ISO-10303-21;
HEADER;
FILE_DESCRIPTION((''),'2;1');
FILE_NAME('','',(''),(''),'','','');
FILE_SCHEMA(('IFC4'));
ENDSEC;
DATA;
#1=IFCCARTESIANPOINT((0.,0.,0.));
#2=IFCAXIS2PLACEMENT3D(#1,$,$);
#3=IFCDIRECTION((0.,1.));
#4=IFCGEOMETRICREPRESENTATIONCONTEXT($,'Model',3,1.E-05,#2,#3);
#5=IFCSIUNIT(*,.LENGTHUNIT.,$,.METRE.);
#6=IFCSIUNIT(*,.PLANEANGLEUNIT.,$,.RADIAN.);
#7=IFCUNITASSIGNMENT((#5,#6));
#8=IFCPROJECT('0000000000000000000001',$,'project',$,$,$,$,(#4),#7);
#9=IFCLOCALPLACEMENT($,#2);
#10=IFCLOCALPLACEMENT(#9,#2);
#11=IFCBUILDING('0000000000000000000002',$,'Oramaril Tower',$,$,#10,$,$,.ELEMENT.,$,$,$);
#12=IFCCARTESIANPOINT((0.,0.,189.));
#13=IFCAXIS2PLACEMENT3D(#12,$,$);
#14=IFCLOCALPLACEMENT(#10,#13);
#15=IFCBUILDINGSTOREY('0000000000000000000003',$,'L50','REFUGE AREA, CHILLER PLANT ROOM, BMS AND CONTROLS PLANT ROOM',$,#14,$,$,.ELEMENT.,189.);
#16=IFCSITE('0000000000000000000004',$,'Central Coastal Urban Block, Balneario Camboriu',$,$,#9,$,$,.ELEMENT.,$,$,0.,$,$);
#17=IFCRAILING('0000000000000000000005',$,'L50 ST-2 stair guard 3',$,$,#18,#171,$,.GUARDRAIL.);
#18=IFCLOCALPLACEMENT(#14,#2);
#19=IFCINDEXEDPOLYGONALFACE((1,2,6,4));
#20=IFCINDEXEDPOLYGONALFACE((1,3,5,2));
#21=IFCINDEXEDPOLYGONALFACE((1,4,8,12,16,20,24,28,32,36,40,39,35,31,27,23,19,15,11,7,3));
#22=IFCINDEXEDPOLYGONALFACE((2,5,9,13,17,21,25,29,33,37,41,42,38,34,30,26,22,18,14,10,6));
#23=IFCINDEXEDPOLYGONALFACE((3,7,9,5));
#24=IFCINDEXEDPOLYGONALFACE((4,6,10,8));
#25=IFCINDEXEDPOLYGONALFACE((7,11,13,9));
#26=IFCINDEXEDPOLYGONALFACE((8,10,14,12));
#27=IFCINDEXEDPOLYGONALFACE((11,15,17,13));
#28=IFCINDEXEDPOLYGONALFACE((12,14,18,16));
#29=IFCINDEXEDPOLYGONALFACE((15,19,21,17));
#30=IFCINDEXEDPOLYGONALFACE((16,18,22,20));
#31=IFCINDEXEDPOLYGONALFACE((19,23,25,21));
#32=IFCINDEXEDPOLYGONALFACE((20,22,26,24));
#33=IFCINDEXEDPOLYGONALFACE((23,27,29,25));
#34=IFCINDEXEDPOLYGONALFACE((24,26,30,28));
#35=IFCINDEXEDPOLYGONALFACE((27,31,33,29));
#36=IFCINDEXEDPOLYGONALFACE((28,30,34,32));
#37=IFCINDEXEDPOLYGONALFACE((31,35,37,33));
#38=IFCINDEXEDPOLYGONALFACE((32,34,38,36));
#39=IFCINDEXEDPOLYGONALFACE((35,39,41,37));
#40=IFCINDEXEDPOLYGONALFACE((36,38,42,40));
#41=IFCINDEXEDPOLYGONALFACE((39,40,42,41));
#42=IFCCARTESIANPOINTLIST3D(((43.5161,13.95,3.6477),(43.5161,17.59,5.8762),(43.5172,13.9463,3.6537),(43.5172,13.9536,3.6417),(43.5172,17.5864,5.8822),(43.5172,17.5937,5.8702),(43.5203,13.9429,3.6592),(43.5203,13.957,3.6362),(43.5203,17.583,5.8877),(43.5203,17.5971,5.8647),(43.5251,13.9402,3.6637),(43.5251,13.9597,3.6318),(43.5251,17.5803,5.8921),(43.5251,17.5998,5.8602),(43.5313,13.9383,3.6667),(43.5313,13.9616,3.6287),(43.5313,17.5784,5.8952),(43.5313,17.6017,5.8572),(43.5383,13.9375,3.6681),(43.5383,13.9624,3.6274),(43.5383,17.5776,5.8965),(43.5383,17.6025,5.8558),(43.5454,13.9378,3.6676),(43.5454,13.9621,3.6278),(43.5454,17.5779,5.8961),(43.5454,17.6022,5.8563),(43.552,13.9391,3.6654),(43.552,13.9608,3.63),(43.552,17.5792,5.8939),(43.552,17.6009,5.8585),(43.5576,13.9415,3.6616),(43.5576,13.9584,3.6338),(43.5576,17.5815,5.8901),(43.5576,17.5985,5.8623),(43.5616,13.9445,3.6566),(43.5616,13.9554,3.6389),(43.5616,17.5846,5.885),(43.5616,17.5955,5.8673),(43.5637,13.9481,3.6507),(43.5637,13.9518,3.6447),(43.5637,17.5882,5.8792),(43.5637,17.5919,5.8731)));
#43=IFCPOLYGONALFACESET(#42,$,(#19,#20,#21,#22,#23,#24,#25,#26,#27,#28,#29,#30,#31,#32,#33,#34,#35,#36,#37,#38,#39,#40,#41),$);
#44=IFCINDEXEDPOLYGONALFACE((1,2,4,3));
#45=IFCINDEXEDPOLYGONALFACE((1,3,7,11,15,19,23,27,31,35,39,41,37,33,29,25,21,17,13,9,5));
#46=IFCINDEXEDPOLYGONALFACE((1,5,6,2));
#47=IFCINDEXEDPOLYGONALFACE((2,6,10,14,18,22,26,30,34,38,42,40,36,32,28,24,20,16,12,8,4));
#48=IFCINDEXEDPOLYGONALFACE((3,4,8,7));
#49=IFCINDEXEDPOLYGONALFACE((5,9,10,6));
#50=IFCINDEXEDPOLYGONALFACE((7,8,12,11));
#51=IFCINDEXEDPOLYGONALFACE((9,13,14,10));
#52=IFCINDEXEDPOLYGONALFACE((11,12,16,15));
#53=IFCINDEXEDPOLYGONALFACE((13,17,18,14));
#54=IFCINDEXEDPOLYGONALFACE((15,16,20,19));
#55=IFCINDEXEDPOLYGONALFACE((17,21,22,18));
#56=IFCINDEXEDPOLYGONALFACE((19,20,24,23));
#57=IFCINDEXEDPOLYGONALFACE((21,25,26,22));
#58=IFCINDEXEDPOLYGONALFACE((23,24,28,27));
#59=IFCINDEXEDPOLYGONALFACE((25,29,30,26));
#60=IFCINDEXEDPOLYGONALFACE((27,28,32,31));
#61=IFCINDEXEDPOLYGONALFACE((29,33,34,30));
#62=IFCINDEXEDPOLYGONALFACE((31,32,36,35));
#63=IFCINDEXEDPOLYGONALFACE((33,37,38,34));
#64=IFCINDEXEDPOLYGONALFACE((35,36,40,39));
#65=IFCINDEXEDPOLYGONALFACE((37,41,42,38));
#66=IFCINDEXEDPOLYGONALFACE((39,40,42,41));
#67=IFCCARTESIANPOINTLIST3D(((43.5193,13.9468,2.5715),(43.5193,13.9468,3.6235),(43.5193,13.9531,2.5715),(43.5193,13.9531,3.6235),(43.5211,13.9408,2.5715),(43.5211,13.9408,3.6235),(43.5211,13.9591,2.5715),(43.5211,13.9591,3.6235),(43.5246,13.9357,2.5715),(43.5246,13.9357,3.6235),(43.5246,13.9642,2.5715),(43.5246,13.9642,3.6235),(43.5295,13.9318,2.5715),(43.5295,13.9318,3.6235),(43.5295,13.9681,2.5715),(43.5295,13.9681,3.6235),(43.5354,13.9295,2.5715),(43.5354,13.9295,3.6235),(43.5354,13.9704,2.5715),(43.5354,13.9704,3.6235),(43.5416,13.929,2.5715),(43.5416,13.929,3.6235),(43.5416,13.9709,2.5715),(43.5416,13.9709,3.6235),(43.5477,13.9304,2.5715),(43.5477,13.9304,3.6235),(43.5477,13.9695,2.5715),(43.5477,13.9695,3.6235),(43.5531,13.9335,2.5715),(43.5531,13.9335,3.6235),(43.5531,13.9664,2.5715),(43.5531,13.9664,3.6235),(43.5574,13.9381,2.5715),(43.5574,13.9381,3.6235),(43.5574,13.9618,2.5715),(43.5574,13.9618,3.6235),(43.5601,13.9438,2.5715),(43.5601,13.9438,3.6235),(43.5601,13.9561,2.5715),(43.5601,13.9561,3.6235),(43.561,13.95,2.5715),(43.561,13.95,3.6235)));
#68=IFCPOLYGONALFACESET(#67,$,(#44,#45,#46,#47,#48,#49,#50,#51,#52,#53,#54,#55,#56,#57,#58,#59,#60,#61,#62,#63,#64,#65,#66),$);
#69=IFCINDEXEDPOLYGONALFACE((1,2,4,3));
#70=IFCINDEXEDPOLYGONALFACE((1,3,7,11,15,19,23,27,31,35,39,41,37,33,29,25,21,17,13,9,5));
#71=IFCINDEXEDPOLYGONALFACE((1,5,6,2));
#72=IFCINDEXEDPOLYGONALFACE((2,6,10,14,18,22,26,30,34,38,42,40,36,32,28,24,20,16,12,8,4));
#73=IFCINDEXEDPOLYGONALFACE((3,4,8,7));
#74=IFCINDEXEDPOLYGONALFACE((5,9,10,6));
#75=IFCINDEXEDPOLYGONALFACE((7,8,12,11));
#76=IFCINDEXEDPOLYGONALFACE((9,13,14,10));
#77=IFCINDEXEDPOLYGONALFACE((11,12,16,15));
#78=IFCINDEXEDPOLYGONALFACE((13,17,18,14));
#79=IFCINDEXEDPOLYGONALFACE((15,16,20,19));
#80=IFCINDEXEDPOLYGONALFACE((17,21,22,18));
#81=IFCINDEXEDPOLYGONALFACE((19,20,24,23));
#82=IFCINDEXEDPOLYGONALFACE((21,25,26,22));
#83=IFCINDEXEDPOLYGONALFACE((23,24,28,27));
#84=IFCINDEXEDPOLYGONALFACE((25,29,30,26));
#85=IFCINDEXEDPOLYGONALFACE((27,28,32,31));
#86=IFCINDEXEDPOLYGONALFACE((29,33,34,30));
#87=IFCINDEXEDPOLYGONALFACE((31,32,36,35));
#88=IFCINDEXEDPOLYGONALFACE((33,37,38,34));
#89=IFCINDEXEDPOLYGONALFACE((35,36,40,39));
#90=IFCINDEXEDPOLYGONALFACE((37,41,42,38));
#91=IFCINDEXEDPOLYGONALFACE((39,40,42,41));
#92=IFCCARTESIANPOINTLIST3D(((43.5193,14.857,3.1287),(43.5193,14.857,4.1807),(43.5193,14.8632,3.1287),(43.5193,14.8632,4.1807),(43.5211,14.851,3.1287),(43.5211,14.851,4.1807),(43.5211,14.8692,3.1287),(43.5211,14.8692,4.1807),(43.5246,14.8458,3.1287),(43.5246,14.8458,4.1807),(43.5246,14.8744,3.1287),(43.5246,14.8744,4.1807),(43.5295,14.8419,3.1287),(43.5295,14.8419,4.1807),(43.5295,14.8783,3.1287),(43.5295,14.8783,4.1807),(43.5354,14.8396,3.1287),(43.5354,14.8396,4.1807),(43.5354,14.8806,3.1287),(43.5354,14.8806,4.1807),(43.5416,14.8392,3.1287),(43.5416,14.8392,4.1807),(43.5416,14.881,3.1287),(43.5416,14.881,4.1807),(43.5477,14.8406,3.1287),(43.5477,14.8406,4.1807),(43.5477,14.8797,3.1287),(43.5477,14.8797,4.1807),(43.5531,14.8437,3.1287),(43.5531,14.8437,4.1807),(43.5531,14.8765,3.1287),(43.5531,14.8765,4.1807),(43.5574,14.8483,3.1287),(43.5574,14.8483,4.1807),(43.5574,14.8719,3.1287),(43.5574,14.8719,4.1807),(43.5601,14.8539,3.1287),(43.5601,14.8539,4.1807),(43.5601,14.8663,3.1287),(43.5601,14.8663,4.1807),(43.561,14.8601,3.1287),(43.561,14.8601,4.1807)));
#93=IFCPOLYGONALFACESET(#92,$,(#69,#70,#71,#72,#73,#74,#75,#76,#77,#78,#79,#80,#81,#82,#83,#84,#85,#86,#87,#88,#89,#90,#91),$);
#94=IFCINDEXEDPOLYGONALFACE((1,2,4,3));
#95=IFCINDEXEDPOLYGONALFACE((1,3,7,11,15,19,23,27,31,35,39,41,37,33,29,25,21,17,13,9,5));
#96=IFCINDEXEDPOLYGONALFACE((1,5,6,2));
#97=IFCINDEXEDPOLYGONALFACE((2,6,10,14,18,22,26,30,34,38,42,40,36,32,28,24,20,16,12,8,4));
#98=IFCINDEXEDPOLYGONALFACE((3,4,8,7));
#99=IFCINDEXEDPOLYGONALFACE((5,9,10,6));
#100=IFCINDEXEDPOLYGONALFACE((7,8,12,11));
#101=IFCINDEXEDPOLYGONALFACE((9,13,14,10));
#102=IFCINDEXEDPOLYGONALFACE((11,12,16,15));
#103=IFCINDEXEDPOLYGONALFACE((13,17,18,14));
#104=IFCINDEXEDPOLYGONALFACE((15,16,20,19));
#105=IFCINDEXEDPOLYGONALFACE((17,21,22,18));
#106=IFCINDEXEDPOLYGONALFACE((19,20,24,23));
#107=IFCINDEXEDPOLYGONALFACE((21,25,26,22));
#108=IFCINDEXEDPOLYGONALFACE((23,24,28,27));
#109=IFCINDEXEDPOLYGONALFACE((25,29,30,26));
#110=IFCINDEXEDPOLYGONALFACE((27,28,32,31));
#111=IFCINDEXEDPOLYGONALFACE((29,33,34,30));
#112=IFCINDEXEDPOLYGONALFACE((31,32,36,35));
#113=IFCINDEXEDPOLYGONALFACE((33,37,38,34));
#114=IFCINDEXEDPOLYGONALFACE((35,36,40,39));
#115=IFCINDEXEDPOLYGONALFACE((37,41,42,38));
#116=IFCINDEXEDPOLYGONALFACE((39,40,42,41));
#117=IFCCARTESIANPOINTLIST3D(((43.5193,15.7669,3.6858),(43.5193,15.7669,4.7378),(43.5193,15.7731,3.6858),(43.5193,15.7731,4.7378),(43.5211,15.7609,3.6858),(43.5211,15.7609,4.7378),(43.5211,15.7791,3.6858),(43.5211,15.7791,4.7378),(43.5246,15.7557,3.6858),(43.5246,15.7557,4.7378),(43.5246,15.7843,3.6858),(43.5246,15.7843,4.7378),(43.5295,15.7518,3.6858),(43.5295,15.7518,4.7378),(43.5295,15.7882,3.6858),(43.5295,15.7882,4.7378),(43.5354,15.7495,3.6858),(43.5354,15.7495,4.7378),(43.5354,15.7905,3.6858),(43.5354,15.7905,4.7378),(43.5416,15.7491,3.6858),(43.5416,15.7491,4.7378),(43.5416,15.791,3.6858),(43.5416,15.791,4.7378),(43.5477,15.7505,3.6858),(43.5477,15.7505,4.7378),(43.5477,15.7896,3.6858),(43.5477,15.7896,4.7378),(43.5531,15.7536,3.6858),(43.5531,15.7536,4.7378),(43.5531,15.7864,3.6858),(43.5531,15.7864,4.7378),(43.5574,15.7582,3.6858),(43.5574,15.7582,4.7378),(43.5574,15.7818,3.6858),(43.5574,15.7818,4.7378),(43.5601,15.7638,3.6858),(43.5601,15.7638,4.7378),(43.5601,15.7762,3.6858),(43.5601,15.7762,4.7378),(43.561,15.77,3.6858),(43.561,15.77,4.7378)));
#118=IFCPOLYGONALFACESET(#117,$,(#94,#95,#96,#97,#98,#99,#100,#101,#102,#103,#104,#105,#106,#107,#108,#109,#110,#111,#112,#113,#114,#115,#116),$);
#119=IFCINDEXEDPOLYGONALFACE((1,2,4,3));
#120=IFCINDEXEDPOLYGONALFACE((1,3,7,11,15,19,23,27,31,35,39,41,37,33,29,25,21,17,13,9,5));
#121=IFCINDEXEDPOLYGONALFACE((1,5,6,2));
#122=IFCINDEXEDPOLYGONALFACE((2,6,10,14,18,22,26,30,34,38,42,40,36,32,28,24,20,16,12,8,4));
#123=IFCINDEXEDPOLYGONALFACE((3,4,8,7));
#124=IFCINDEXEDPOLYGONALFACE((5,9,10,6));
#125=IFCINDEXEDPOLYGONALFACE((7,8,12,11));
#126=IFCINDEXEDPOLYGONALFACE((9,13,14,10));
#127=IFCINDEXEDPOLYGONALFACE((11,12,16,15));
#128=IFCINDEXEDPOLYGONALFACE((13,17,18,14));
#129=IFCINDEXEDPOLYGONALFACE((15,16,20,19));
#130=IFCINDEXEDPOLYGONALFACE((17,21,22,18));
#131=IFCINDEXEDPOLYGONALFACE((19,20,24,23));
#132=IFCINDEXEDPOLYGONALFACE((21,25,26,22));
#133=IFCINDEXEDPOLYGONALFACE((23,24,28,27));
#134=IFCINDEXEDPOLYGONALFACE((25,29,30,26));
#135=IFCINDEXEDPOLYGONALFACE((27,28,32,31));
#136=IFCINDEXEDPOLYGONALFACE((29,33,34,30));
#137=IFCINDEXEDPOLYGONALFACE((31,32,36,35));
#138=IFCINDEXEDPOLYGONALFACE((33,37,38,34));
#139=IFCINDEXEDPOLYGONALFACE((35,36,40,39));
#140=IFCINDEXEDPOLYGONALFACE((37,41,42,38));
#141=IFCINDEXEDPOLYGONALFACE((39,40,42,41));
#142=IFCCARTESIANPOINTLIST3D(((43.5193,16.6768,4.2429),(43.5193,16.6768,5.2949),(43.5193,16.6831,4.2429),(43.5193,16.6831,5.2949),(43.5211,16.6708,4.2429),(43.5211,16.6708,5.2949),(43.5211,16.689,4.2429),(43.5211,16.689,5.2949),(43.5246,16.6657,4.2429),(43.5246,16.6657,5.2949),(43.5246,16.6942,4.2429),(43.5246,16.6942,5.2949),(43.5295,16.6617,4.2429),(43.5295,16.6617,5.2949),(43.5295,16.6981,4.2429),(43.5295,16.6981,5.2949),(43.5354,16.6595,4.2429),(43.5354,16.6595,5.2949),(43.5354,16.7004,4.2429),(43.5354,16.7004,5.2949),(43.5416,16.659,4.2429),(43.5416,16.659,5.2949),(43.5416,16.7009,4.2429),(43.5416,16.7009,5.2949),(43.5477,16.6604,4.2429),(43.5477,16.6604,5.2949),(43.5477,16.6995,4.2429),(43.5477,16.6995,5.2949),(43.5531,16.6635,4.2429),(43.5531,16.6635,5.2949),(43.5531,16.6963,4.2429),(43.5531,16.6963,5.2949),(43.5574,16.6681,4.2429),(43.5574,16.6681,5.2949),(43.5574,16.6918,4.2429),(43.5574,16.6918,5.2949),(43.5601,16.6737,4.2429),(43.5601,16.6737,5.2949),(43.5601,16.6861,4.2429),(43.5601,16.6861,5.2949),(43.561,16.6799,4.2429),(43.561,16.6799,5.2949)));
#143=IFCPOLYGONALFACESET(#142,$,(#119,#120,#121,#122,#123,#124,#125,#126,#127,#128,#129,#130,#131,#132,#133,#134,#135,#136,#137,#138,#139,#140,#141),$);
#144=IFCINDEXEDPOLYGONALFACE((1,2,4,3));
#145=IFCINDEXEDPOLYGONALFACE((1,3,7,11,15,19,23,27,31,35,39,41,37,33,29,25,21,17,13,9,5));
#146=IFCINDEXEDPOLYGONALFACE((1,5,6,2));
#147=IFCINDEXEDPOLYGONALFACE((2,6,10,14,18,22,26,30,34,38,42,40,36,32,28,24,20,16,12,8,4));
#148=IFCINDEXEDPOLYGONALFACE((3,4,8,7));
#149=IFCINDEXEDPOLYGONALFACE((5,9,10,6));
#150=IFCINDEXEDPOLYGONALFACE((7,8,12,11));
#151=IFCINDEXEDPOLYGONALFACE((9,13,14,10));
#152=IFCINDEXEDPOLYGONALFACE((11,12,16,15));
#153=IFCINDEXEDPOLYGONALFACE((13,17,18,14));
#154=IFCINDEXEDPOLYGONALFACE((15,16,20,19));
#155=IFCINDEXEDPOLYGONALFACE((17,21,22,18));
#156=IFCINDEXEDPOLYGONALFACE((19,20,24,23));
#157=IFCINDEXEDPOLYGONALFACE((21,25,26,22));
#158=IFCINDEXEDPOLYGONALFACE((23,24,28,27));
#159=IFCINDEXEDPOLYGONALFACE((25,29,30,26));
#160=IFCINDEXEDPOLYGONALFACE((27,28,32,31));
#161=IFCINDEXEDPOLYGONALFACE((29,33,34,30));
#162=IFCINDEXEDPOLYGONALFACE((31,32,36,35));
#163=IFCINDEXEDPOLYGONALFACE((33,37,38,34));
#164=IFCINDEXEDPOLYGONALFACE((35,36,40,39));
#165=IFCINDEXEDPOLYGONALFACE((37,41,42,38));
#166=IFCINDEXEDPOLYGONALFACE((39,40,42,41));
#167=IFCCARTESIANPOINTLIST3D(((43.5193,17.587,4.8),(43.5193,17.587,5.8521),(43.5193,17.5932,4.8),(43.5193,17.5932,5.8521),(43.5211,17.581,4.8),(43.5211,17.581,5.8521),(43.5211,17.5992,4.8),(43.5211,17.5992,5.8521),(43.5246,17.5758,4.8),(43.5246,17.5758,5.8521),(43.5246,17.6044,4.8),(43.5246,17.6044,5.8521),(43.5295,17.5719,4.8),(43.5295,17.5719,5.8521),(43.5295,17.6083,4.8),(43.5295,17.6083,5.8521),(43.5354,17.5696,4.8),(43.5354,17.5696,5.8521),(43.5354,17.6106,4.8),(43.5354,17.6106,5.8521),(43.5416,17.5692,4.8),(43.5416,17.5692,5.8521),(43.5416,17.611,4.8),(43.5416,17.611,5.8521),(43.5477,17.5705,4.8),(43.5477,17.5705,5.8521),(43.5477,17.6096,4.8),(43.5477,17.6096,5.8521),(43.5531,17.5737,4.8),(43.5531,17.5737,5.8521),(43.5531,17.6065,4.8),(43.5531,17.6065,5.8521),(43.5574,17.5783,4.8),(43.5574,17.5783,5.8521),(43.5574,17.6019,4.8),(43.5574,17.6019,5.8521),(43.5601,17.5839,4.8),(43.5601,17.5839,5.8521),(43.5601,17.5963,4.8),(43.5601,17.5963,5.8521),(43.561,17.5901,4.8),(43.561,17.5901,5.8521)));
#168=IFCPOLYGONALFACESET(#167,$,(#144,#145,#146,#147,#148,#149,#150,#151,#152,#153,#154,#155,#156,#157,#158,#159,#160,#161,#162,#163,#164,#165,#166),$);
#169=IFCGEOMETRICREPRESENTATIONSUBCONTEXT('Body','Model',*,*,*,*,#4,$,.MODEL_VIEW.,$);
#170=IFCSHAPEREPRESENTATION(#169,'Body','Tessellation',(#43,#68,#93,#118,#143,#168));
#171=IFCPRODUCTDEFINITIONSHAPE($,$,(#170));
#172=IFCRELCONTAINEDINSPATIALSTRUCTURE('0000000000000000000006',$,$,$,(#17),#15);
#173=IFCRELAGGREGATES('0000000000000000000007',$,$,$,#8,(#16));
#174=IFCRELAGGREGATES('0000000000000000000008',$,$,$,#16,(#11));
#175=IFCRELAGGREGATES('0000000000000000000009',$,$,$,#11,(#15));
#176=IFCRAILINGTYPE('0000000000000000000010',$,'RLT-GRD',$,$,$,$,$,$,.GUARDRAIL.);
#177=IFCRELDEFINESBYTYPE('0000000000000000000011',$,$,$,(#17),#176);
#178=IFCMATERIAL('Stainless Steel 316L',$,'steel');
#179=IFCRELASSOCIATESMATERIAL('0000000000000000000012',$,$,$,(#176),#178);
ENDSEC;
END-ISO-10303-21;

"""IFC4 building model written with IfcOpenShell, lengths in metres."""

from ifc_helpers import new_model, si_unit, direction, frame, origin, origin_2d, place, context, subcontext, project, spatial, circle, extrude, material, type_object, element, save


model = new_model("IFC4")

# Units and contexts
model_context = context("Model", 3, precision=1e-05, world=origin(), true_north=direction((0.0, 1.0)))
body_context = subcontext(model_context, "Body", "Model", "MODEL_VIEW")
ifc_project = project(units=[si_unit("LENGTHUNIT", "METRE"), si_unit("PLANEANGLEUNIT", "RADIAN")], contexts=[model_context])

# Site, building, storey
site_placement = place(None, origin())
site = spatial("IfcSite", under=ifc_project, at=site_placement, Name="Central Coastal Urban Block, Balneario Camboriu", CompositionType="ELEMENT", RefElevation=0.0)
building_placement = place(site_placement, origin())
building = spatial("IfcBuilding", under=site, at=building_placement, Name="Oramaril Tower", CompositionType="ELEMENT")
storey_placement = place(building_placement, frame((0.0, 0.0, 189.0)))
storey = spatial("IfcBuildingStorey", under=building, at=storey_placement, Name="L50", Description="REFUGE AREA, CHILLER PLANT ROOM, BMS AND CONTROLS PLANT ROOM", CompositionType="ELEMENT", Elevation=189.0)

# Railing
ifc_material_1 = material(Name="Stainless Steel 316L", Category="steel")
railing_type = type_object("IfcRailingType", Name="RLT-GRD", PredefinedType="GUARDRAIL", material=ifc_material_1)
railing_1_placement = place(storey_placement, frame((43.54, 13.95, 2.5715)))
element("IfcRailing", 1, at=railing_1_placement, inside=storey, type_object=railing_type, Name="L50 ST-2 stair guard 3", PredefinedType="GUARDRAIL", context=body_context, shape_type="SweptSolid", body=[
    extrude(circle(Radius=0.0239, at=origin_2d()), frame((0.0, 0.0, 1.0762), z_axis=(0.0, 0.852866, 0.52213), x_axis=(-1.0, 0.0, 0.0)), (0.0, 0.0, 1.0), 4.2681),
    extrude(circle(Radius=0.021, at=origin_2d()), origin(), (0.0, 0.0, 1.0), 1.052),
    extrude(circle(Radius=0.021, at=origin_2d()), frame((0.0, 0.9102, 0.5571)), (0.0, 0.0, 1.0), 1.052),
    extrude(circle(Radius=0.021, at=origin_2d()), frame((0.0, 1.8201, 1.1143)), (0.0, 0.0, 1.0), 1.052),
    extrude(circle(Radius=0.021, at=origin_2d()), frame((0.0, 2.73, 1.6714)), (0.0, 0.0, 1.0), 1.052),
    extrude(circle(Radius=0.021, at=origin_2d()), frame((0.0, 3.6401, 2.2285)), (0.0, 0.0, 1.0), 1.052),
])

save(model, "model.ifc")
